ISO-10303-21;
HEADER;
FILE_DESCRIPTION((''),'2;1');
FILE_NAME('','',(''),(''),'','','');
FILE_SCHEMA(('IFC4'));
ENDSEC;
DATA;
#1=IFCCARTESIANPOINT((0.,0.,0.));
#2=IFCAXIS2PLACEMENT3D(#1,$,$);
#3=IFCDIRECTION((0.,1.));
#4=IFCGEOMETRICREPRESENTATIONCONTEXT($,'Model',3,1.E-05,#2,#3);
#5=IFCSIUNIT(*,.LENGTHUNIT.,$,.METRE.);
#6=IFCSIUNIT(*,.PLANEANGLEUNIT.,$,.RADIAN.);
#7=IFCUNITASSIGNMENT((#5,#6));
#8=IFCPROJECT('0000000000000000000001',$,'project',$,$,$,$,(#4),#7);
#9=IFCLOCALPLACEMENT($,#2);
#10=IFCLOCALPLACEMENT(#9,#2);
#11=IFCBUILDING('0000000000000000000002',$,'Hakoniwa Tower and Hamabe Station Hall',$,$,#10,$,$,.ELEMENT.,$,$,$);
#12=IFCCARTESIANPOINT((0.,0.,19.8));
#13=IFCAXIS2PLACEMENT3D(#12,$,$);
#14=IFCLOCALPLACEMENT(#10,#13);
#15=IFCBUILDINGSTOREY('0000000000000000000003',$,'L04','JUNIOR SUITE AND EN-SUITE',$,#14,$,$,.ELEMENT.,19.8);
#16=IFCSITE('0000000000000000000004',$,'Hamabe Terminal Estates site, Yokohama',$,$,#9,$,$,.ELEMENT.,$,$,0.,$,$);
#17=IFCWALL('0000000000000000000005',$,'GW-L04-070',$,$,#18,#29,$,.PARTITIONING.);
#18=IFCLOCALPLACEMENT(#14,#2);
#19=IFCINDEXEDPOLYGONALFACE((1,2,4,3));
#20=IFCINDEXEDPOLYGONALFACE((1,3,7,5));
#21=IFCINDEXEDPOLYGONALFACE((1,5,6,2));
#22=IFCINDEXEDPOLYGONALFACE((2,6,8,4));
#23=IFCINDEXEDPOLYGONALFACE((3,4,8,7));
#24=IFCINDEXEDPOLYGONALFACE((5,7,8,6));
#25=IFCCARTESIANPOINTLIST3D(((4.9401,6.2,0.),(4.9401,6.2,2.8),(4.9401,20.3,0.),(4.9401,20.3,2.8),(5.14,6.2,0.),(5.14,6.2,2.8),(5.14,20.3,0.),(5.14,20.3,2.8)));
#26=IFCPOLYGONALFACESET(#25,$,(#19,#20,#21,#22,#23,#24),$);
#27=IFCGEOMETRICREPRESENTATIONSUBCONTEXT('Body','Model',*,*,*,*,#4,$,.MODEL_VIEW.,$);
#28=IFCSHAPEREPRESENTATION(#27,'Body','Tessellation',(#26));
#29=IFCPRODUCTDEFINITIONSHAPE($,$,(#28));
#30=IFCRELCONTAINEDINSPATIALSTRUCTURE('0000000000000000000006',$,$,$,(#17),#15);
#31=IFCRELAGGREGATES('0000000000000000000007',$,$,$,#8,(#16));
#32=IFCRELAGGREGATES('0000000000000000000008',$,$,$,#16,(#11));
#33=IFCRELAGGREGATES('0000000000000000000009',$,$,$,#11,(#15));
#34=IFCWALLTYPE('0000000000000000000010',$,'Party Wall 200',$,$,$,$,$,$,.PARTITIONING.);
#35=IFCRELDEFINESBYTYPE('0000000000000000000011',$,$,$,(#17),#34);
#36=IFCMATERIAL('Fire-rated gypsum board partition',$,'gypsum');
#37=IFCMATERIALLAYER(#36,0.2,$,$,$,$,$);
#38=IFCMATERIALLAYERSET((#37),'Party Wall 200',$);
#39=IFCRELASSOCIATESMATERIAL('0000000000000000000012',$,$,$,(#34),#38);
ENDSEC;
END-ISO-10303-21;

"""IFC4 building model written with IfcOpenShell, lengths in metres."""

from ifc_helpers import new_model, si_unit, direction, frame, frame_2d, origin, place, context, subcontext, project, spatial, rectangle, extrude, material, layer, layer_set, type_object, element, save


model = new_model("IFC4")

# Units and contexts
model_context = context("Model", 3, precision=1e-05, world=origin(), true_north=direction((0.0, 1.0)))
body_context = subcontext(model_context, "Body", "Model", "MODEL_VIEW")
ifc_project = project(units=[si_unit("LENGTHUNIT", "METRE"), si_unit("PLANEANGLEUNIT", "RADIAN")], contexts=[model_context])

# Site, building, storey
site_placement = place(None, origin())
site = spatial("IfcSite", under=ifc_project, at=site_placement, Name="Hamabe Terminal Estates site, Yokohama", CompositionType="ELEMENT", RefElevation=0.0)
building_placement = place(site_placement, origin())
building = spatial("IfcBuilding", under=site, at=building_placement, Name="Hakoniwa Tower and Hamabe Station Hall", CompositionType="ELEMENT")
storey_placement = place(building_placement, frame((0.0, 0.0, 19.8)))
storey = spatial("IfcBuildingStorey", under=building, at=storey_placement, Name="L04", Description="JUNIOR SUITE AND EN-SUITE", CompositionType="ELEMENT", Elevation=19.8)

# Wall
ifc_material_1 = material(Name="Fire-rated gypsum board partition", Category="gypsum")
ifc_layer_1 = layer(ifc_material_1, 0.2)
ifc_layer_set_1 = layer_set([ifc_layer_1], Name="Party Wall 200")
wall_type = type_object("IfcWallType", Name="Party Wall 200", PredefinedType="PARTITIONING", material=ifc_layer_set_1)
wall_1_placement = place(storey_placement, frame((5.04, 6.2, 0.0), z_axis=(0.0, 0.0, 1.0), x_axis=(0.0, 1.0, 0.0)))
element("IfcWall", 1, at=wall_1_placement, inside=storey, type_object=wall_type, Name="GW-L04-070", PredefinedType="PARTITIONING", context=body_context, shape_type="SweptSolid", body=[
    extrude(rectangle(XDim=14.1001, YDim=0.2, at=frame_2d((7.05, 0.0))), origin(), (0.0, 0.0, 1.0), 2.8),
])

save(model, "model.ifc")
